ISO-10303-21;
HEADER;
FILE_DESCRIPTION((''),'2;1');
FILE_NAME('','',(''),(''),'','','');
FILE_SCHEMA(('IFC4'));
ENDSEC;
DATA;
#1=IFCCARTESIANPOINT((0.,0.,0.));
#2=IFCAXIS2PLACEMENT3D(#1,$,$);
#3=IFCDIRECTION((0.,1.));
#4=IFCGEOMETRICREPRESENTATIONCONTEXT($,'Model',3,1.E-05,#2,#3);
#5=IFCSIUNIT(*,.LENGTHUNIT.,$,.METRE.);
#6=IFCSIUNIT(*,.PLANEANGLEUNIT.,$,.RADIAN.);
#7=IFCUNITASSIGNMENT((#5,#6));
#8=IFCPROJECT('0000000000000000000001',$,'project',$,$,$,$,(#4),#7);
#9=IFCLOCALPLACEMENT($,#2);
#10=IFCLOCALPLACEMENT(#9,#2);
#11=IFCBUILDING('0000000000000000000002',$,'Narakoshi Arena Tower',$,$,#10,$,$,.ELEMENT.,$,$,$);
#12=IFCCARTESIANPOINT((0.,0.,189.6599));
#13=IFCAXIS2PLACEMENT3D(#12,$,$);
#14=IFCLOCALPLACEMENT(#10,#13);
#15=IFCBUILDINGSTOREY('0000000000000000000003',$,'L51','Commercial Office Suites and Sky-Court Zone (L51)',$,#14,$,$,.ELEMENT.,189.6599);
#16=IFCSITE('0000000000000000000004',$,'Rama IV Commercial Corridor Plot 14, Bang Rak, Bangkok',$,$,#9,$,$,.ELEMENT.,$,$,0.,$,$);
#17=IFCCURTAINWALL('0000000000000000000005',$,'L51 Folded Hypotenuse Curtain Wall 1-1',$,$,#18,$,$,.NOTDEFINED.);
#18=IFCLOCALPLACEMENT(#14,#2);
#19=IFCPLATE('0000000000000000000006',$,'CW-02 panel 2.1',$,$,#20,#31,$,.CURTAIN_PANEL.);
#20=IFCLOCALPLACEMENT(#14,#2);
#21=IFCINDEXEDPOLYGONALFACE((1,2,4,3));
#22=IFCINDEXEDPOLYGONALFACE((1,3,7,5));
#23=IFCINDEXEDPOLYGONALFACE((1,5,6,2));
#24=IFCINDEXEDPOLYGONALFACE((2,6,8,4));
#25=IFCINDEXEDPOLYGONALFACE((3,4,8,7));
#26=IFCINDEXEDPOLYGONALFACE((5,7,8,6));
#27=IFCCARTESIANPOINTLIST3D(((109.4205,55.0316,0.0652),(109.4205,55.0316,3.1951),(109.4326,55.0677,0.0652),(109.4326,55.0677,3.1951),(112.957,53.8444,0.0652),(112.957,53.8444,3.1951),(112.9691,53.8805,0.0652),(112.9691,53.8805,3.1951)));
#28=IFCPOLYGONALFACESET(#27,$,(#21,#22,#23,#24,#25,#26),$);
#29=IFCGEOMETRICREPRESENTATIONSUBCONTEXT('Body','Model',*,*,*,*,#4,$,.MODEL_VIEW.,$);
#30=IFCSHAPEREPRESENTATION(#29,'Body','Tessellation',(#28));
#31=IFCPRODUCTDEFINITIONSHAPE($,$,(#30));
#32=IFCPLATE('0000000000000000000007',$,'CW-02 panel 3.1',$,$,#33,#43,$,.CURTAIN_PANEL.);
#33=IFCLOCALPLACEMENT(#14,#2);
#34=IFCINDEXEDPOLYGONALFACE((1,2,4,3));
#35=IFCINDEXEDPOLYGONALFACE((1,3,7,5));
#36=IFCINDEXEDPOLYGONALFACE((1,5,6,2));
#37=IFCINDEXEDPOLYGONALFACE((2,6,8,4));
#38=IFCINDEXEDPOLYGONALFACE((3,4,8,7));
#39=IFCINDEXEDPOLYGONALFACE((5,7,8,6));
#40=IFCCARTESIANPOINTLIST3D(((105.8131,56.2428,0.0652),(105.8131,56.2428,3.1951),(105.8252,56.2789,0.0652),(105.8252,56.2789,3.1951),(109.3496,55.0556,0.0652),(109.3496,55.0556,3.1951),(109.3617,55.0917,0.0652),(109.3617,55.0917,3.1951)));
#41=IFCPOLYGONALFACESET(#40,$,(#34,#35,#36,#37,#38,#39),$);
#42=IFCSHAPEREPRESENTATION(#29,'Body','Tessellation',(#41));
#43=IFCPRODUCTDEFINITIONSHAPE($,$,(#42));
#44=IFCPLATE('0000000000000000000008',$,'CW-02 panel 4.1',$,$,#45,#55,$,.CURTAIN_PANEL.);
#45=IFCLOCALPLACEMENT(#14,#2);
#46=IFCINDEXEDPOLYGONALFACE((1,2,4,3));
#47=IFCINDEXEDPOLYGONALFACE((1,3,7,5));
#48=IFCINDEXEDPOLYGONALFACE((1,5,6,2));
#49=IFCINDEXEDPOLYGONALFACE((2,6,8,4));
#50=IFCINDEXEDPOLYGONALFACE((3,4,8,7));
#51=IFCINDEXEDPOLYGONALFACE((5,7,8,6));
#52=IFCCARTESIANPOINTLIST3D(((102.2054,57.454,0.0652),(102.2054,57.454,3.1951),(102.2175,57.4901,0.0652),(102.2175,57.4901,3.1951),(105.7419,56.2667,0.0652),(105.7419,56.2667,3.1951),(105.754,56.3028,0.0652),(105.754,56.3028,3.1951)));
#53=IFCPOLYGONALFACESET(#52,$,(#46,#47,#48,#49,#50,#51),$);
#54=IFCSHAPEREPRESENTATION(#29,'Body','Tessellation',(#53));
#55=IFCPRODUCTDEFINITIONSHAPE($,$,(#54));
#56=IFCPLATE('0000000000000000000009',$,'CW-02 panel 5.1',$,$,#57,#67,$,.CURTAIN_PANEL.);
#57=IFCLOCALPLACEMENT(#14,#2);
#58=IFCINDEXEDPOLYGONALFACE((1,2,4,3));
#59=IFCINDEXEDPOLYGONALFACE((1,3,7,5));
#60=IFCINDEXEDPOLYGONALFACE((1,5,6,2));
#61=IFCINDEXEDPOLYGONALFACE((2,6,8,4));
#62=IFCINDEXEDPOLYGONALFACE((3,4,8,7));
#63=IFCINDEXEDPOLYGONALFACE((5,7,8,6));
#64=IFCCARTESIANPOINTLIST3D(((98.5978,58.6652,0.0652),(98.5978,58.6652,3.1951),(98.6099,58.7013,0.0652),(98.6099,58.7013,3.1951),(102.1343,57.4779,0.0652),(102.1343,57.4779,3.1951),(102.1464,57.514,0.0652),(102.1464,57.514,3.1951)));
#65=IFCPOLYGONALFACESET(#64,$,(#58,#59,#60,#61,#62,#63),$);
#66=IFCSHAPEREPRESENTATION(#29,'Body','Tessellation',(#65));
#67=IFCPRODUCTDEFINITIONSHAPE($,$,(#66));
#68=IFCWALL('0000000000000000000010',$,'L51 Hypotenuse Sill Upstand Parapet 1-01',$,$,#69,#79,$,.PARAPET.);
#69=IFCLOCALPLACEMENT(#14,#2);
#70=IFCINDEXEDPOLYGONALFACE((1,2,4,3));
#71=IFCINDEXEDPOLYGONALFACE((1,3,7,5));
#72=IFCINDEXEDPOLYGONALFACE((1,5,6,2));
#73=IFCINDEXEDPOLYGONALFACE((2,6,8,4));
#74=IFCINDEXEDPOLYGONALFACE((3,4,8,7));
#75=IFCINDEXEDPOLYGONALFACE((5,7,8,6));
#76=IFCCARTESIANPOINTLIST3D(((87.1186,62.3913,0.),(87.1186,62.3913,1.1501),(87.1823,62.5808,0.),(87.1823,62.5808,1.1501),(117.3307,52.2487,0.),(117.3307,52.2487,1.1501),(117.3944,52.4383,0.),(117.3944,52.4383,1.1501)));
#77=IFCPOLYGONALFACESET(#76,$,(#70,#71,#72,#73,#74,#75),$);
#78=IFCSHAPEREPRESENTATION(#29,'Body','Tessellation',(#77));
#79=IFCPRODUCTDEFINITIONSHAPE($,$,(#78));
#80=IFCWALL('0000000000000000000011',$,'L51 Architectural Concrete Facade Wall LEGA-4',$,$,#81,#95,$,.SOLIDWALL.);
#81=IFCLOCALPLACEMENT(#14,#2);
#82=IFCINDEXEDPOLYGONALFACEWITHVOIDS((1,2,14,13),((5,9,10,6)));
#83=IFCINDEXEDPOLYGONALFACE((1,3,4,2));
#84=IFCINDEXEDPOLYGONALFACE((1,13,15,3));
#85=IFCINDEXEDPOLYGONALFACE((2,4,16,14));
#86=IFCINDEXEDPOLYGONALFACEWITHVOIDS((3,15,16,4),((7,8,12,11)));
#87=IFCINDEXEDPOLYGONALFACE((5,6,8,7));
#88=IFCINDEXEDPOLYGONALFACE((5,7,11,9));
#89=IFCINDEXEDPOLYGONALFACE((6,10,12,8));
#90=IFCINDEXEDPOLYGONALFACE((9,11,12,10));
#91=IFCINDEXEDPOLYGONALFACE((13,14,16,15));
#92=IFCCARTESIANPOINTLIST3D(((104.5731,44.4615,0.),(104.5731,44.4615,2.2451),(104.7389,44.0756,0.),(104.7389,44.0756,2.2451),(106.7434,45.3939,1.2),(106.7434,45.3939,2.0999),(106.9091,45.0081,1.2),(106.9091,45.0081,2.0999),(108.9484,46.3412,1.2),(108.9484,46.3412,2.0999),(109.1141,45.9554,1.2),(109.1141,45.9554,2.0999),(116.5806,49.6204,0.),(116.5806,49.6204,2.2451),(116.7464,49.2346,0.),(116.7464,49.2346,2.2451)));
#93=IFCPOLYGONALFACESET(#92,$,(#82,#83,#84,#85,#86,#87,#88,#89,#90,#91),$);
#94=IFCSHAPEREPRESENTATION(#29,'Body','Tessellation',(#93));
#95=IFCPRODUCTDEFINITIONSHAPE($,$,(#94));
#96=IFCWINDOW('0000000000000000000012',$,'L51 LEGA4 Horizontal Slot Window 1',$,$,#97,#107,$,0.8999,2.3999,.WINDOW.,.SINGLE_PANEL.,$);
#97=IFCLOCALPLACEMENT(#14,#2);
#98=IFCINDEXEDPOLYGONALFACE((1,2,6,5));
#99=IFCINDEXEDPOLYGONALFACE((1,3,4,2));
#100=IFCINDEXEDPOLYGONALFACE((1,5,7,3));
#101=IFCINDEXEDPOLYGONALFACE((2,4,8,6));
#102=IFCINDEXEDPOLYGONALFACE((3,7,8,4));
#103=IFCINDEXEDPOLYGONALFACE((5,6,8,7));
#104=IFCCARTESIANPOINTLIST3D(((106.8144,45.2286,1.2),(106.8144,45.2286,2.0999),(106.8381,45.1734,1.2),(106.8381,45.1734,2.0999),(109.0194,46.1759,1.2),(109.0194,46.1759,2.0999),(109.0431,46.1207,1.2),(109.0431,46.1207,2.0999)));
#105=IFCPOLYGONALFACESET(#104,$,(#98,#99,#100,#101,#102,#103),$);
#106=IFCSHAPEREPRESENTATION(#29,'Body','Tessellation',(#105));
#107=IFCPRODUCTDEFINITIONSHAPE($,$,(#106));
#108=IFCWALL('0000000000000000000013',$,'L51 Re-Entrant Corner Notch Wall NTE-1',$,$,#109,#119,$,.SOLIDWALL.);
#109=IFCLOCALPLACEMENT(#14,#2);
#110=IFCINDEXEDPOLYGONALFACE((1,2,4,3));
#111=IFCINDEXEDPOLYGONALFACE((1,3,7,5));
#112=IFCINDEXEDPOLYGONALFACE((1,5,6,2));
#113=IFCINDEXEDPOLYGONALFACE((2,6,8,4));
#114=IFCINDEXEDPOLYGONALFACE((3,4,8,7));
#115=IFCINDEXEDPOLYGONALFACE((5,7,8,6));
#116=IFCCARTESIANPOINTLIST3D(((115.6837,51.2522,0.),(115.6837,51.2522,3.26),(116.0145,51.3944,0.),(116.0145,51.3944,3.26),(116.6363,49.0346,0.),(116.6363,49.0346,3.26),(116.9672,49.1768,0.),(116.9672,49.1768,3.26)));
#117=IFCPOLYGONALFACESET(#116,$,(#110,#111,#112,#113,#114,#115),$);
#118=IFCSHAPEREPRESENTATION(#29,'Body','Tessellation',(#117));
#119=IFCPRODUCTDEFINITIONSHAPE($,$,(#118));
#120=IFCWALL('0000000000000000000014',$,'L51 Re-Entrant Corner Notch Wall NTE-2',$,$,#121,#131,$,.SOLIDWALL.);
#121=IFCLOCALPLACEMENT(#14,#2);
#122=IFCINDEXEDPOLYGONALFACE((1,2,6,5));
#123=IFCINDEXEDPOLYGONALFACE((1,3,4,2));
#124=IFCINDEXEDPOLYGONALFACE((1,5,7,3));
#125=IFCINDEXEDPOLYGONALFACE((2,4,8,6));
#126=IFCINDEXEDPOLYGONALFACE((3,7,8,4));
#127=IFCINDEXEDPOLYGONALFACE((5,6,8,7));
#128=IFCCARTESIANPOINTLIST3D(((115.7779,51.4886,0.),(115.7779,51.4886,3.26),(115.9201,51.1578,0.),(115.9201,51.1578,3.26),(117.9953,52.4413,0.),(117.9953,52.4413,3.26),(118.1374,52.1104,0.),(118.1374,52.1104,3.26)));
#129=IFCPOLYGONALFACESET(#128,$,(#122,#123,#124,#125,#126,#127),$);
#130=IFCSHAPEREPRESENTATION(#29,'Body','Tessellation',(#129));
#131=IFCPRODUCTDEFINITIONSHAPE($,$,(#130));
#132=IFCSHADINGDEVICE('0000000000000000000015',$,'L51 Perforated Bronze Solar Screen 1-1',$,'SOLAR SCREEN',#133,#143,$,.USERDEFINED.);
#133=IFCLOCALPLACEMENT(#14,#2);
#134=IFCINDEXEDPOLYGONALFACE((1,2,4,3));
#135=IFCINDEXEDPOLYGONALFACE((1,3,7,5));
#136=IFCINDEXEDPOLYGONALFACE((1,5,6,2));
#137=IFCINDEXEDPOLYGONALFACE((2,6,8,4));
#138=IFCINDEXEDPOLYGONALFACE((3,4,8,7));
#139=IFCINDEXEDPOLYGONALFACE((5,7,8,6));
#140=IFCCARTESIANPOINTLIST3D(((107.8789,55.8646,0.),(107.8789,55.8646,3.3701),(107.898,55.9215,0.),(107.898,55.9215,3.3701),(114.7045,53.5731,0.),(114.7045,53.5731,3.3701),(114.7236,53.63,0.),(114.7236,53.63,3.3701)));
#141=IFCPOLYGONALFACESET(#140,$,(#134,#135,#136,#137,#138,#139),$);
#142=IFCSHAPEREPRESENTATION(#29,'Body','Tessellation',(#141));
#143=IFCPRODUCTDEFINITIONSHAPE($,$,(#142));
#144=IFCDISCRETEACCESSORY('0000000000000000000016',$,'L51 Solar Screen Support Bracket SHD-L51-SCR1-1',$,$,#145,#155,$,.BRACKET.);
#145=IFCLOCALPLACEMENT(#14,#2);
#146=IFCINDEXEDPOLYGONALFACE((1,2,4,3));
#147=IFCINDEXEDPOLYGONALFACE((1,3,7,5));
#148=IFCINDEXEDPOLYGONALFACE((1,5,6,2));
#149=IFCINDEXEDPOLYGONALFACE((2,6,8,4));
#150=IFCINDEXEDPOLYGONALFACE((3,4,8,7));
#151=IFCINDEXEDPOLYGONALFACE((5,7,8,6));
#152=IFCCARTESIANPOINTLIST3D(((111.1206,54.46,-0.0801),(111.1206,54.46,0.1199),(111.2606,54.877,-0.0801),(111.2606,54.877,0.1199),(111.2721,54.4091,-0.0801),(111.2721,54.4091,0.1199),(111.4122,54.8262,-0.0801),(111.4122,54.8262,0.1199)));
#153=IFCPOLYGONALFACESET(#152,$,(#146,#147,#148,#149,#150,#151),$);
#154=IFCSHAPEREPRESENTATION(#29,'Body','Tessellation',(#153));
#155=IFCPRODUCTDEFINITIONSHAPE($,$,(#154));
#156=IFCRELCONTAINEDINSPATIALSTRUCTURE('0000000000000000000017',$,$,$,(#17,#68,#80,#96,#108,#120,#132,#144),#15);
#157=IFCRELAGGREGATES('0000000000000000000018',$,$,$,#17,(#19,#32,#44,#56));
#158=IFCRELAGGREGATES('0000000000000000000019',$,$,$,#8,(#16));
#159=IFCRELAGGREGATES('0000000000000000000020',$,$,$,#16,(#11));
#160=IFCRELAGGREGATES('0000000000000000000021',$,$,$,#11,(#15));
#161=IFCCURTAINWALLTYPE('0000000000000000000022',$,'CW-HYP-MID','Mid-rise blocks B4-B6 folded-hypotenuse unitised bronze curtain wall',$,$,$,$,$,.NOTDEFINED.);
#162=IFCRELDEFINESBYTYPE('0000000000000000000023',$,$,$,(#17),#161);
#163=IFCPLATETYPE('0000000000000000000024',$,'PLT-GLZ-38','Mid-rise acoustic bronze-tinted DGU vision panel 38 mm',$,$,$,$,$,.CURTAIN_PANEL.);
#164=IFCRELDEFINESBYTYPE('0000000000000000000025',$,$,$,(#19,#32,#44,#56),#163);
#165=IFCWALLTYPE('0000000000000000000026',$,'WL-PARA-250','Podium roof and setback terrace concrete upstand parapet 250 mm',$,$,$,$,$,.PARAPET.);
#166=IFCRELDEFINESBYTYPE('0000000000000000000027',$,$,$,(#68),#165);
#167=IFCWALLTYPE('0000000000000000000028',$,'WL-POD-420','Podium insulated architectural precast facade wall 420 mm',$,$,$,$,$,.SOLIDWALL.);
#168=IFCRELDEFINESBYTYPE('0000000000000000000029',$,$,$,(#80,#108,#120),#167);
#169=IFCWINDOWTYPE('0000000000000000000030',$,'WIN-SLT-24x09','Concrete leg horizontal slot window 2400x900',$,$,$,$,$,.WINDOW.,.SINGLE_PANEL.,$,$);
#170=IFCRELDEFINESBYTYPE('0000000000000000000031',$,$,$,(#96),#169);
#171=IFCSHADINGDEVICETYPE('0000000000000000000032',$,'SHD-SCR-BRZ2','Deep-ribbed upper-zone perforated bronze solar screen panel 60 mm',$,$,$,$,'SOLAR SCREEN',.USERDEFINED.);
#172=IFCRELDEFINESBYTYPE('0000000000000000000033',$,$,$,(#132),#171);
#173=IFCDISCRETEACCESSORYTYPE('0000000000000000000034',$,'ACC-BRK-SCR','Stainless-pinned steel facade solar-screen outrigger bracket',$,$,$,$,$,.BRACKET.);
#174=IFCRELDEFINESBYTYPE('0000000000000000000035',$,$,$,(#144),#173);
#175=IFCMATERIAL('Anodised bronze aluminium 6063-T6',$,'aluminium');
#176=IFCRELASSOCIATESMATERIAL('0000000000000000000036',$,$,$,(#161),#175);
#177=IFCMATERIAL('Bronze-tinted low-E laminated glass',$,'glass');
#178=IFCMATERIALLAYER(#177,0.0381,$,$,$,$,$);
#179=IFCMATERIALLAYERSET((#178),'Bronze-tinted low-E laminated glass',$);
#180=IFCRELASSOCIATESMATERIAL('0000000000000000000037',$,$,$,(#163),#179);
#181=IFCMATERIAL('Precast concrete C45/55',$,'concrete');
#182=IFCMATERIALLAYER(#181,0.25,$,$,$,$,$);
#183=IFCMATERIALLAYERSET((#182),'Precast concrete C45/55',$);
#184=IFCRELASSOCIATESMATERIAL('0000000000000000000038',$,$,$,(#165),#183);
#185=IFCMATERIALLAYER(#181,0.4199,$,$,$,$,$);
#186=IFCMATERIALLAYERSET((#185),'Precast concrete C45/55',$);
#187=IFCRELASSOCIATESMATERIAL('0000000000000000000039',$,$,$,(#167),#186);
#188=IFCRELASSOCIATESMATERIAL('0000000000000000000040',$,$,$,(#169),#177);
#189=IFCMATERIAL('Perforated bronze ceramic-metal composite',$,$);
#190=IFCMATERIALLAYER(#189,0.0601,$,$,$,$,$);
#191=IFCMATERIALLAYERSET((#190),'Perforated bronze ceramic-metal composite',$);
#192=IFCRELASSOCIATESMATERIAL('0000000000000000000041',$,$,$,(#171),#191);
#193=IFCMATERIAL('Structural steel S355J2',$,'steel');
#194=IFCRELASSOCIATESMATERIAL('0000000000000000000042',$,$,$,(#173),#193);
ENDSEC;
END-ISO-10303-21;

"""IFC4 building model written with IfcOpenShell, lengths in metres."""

from ifc_helpers import new_model, si_unit, direction, frame, frame_2d, origin, origin_2d, place, context, subcontext, project, spatial, rectangle, extrude, material, layer, layer_set, type_object, element, fill, aggregate, save


model = new_model("IFC4")

# Units and contexts
model_context = context("Model", 3, precision=1e-05, world=origin(), true_north=direction((0.0, 1.0)))
body_context = subcontext(model_context, "Body", "Model", "MODEL_VIEW")
ifc_project = project(units=[si_unit("LENGTHUNIT", "METRE"), si_unit("PLANEANGLEUNIT", "RADIAN")], contexts=[model_context])

# Site, building, storey
site_placement = place(None, origin())
site = spatial("IfcSite", under=ifc_project, at=site_placement, Name="Rama IV Commercial Corridor Plot 14, Bang Rak, Bangkok", CompositionType="ELEMENT", RefElevation=0.0)
building_placement = place(site_placement, origin())
building = spatial("IfcBuilding", under=site, at=building_placement, Name="Narakoshi Arena Tower", CompositionType="ELEMENT")
storey_placement = place(building_placement, frame((0.0, 0.0, 189.6599)))
storey = spatial("IfcBuildingStorey", under=building, at=storey_placement, Name="L51", Description="Commercial Office Suites and Sky-Court Zone (L51)", CompositionType="ELEMENT", Elevation=189.6599)

# Curtain wall, plates
ifc_material_1 = material(Name="Anodised bronze aluminium 6063-T6", Category="aluminium")
curtain_wall_type = type_object("IfcCurtainWallType", Name="CW-HYP-MID", Description="Mid-rise blocks B4-B6 folded-hypotenuse unitised bronze curtain wall", PredefinedType="NOTDEFINED", material=ifc_material_1)
curtain_wall_placement = place(storey_placement, origin())
curtain_wall = element("IfcCurtainWall", 1, at=curtain_wall_placement, inside=storey, type_object=curtain_wall_type, Name="L51 Folded Hypotenuse Curtain Wall 1-1", PredefinedType="NOTDEFINED")
ifc_material_2 = material(Name="Bronze-tinted low-E laminated glass", Category="glass")
ifc_layer_1 = layer(ifc_material_2, 0.0381)
ifc_layer_set_1 = layer_set([ifc_layer_1], Name="Bronze-tinted low-E laminated glass")
plate_type = type_object("IfcPlateType", Name="PLT-GLZ-38", Description="Mid-rise acoustic bronze-tinted DGU vision panel 38 mm", PredefinedType="CURTAIN_PANEL", material=ifc_layer_set_1)
plate_1_placement = place(storey_placement, frame((111.1948, 54.4561, 0.0652), z_axis=(0.0, 0.0, 1.0), x_axis=(-0.948003, 0.318261, 0.0)))
plate_1 = element("IfcPlate", 2, at=plate_1_placement, type_object=plate_type, Name="CW-02 panel 2.1", PredefinedType="CURTAIN_PANEL", context=body_context, shape_type="SweptSolid", body=[
    extrude(rectangle(XDim=3.7305, YDim=0.0381, at=origin_2d()), origin(), (0.0, 0.0, 1.0), 3.1299),
])
plate_2_placement = place(storey_placement, frame((107.5874, 55.6672, 0.0652), z_axis=(0.0, 0.0, 1.0), x_axis=(-0.948003, 0.318261, 0.0)))
plate_2 = element("IfcPlate", 3, at=plate_2_placement, type_object=plate_type, Name="CW-02 panel 3.1", PredefinedType="CURTAIN_PANEL", context=body_context, shape_type="SweptSolid", body=[
    extrude(rectangle(XDim=3.7305, YDim=0.0381, at=origin_2d()), origin(), (0.0, 0.0, 1.0), 3.1299),
])
plate_3_placement = place(storey_placement, frame((103.9797, 56.8784, 0.0652), z_axis=(0.0, 0.0, 1.0), x_axis=(-0.948003, 0.318261, 0.0)))
plate_3 = element("IfcPlate", 4, at=plate_3_placement, type_object=plate_type, Name="CW-02 panel 4.1", PredefinedType="CURTAIN_PANEL", context=body_context, shape_type="SweptSolid", body=[
    extrude(rectangle(XDim=3.7305, YDim=0.0381, at=origin_2d()), origin(), (0.0, 0.0, 1.0), 3.1299),
])
plate_4_placement = place(storey_placement, frame((100.3721, 58.0896, 0.0652), z_axis=(0.0, 0.0, 1.0), x_axis=(-0.948003, 0.318261, 0.0)))
plate_4 = element("IfcPlate", 5, at=plate_4_placement, type_object=plate_type, Name="CW-02 panel 5.1", PredefinedType="CURTAIN_PANEL", context=body_context, shape_type="SweptSolid", body=[
    extrude(rectangle(XDim=3.7305, YDim=0.0381, at=origin_2d()), origin(), (0.0, 0.0, 1.0), 3.1299),
])
aggregate(curtain_wall, [plate_1, plate_2, plate_3, plate_4])

# Wall
ifc_material_3 = material(Name="Precast concrete C45/55", Category="concrete")
ifc_layer_2 = layer(ifc_material_3, 0.25)
ifc_layer_set_2 = layer_set([ifc_layer_2], Name="Precast concrete C45/55")
wall_type_1 = type_object("IfcWallType", Name="WL-PARA-250", Description="Podium roof and setback terrace concrete upstand parapet 250 mm", PredefinedType="PARAPET", material=ifc_layer_set_2)
wall_1_placement = place(storey_placement, frame((117.3625, 52.3435, 0.0), z_axis=(0.0, 0.0, 1.0), x_axis=(-0.948005, 0.318256, 0.0)))
element("IfcWall", 6, at=wall_1_placement, inside=storey, type_object=wall_type_1, Name="L51 Hypotenuse Sill Upstand Parapet 1-01", PredefinedType="PARAPET", context=body_context, shape_type="SweptSolid", body=[
    extrude(rectangle(XDim=31.8691, YDim=0.2, at=frame_2d((15.9346, 0.0))), origin(), (0.0, 0.0, 1.0), 1.1501),
])

# Wall, opening, window
ifc_layer_3 = layer(ifc_material_3, 0.4199)
ifc_layer_set_3 = layer_set([ifc_layer_3], Name="Precast concrete C45/55")
wall_type_2 = type_object("IfcWallType", Name="WL-POD-420", Description="Podium insulated architectural precast facade wall 420 mm", PredefinedType="SOLIDWALL", material=ifc_layer_set_3)
wall_2_placement = place(storey_placement, frame((104.656, 44.2686, 0.0), z_axis=(0.0, 0.0, 1.0), x_axis=(0.918789, 0.394749, 0.0)))
wall_2 = element("IfcWall", 7, at=wall_2_placement, inside=storey, type_object=wall_type_2, Name="L51 Architectural Concrete Facade Wall LEGA-4", PredefinedType="SOLIDWALL", context=body_context, shape_type="SweptSolid", body=[
    extrude(rectangle(XDim=13.0688, YDim=0.4199, at=frame_2d((6.5344, 0.0))), origin(), (0.0, 0.0, 1.0), 2.2451),
])
opening_placement = place(wall_2_placement, frame((2.3621, 0.0, 1.2)))
opening = element("IfcOpeningElement", 8, at=opening_placement, cuts=wall_2, PredefinedType="OPENING", context=body_context, shape_type="SweptSolid", body=[
    extrude(rectangle(XDim=2.3999, YDim=0.8999, at=frame_2d((1.2, 0.45))), frame((0.0, 0.22, 0.0), z_axis=(0.0, -1.0, 0.0), x_axis=(1.0, 0.0, 0.0)), (0.0, 0.0, 1.0), 0.4399),
])
window_type = type_object("IfcWindowType", Name="WIN-SLT-24x09", Description="Concrete leg horizontal slot window 2400x900", PartitioningType="SINGLE_PANEL", PredefinedType="WINDOW", material=ifc_material_2)
window_placement = place(opening_placement, origin())
window = element("IfcWindow", 9, at=window_placement, inside=storey, type_object=window_type, Name="L51 LEGA4 Horizontal Slot Window 1", OverallHeight=0.8999, OverallWidth=2.3999, PartitioningType="SINGLE_PANEL", PredefinedType="WINDOW", context=body_context, shape_type="SweptSolid", body=[
    extrude(rectangle(XDim=2.3999, YDim=0.8999, at=frame_2d((1.2, 0.45))), frame((0.0, 0.03, 0.0), z_axis=(0.0, -1.0, 0.0), x_axis=(1.0, 0.0, 0.0)), (0.0, 0.0, 1.0), 0.0601),
])
fill(opening, window)

# Walls
wall_3_placement = place(storey_placement, frame((116.8018, 49.1057, 0.0), z_axis=(0.0, 0.0, 1.0), x_axis=(-0.394713, 0.918805, 0.0)))
element("IfcWall", 10, at=wall_3_placement, inside=storey, type_object=wall_type_2, Name="L51 Re-Entrant Corner Notch Wall NTE-1", PredefinedType="SOLIDWALL", context=body_context, shape_type="SweptSolid", body=[
    extrude(rectangle(XDim=2.4136, YDim=0.3601, at=frame_2d((1.2068, 0.0))), origin(), (0.0, 0.0, 1.0), 3.26),
])
wall_4_placement = place(storey_placement, frame((115.8491, 51.3232, 0.0), z_axis=(0.0, 0.0, 1.0), x_axis=(0.918789, 0.394749, 0.0)))
element("IfcWall", 11, at=wall_4_placement, inside=storey, type_object=wall_type_2, Name="L51 Re-Entrant Corner Notch Wall NTE-2", PredefinedType="SOLIDWALL", context=body_context, shape_type="SweptSolid", body=[
    extrude(rectangle(XDim=2.4133, YDim=0.3601, at=frame_2d((1.2065, 0.0))), origin(), (0.0, 0.0, 1.0), 3.26),
])

# Shading device
ifc_material_4 = material(Name="Perforated bronze ceramic-metal composite")
ifc_layer_4 = layer(ifc_material_4, 0.0601)
ifc_layer_set_4 = layer_set([ifc_layer_4], Name="Perforated bronze ceramic-metal composite")
shading_device_type = type_object("IfcShadingDeviceType", Name="SHD-SCR-BRZ2", Description="Deep-ribbed upper-zone perforated bronze solar screen panel 60 mm", ElementType="SOLAR SCREEN", PredefinedType="USERDEFINED", material=ifc_layer_set_4)
shading_device_placement = place(storey_placement, frame((111.3013, 54.7473, 0.0), z_axis=(0.0, 0.0, 1.0), x_axis=(-0.948002, 0.318264, 0.0)))
element("IfcShadingDevice", 12, at=shading_device_placement, inside=storey, type_object=shading_device_type, Name="L51 Perforated Bronze Solar Screen 1-1", ObjectType="SOLAR SCREEN", PredefinedType="USERDEFINED", context=body_context, shape_type="SweptSolid", body=[
    extrude(rectangle(XDim=7.2, YDim=0.0601, at=origin_2d()), origin(), (0.0, 0.0, 1.0), 3.3701),
])

# Discrete accessory
ifc_material_5 = material(Name="Structural steel S355J2", Category="steel")
discrete_accessory_type = type_object("IfcDiscreteAccessoryType", Name="ACC-BRK-SCR", Description="Stainless-pinned steel facade solar-screen outrigger bracket", PredefinedType="BRACKET", material=ifc_material_5)
discrete_accessory_placement = place(storey_placement, frame((111.2664, 54.6431, -0.0801), z_axis=(0.0, 0.0, 1.0), x_axis=(-0.948002, 0.318264, 0.0)))
element("IfcDiscreteAccessory", 13, at=discrete_accessory_placement, inside=storey, type_object=discrete_accessory_type, Name="L51 Solar Screen Support Bracket SHD-L51-SCR1-1", PredefinedType="BRACKET", context=body_context, shape_type="SweptSolid", body=[
    extrude(rectangle(XDim=0.1599, YDim=0.4399, at=origin_2d()), origin(), (0.0, 0.0, 1.0), 0.2),
])

save(model, "model.ifc")
